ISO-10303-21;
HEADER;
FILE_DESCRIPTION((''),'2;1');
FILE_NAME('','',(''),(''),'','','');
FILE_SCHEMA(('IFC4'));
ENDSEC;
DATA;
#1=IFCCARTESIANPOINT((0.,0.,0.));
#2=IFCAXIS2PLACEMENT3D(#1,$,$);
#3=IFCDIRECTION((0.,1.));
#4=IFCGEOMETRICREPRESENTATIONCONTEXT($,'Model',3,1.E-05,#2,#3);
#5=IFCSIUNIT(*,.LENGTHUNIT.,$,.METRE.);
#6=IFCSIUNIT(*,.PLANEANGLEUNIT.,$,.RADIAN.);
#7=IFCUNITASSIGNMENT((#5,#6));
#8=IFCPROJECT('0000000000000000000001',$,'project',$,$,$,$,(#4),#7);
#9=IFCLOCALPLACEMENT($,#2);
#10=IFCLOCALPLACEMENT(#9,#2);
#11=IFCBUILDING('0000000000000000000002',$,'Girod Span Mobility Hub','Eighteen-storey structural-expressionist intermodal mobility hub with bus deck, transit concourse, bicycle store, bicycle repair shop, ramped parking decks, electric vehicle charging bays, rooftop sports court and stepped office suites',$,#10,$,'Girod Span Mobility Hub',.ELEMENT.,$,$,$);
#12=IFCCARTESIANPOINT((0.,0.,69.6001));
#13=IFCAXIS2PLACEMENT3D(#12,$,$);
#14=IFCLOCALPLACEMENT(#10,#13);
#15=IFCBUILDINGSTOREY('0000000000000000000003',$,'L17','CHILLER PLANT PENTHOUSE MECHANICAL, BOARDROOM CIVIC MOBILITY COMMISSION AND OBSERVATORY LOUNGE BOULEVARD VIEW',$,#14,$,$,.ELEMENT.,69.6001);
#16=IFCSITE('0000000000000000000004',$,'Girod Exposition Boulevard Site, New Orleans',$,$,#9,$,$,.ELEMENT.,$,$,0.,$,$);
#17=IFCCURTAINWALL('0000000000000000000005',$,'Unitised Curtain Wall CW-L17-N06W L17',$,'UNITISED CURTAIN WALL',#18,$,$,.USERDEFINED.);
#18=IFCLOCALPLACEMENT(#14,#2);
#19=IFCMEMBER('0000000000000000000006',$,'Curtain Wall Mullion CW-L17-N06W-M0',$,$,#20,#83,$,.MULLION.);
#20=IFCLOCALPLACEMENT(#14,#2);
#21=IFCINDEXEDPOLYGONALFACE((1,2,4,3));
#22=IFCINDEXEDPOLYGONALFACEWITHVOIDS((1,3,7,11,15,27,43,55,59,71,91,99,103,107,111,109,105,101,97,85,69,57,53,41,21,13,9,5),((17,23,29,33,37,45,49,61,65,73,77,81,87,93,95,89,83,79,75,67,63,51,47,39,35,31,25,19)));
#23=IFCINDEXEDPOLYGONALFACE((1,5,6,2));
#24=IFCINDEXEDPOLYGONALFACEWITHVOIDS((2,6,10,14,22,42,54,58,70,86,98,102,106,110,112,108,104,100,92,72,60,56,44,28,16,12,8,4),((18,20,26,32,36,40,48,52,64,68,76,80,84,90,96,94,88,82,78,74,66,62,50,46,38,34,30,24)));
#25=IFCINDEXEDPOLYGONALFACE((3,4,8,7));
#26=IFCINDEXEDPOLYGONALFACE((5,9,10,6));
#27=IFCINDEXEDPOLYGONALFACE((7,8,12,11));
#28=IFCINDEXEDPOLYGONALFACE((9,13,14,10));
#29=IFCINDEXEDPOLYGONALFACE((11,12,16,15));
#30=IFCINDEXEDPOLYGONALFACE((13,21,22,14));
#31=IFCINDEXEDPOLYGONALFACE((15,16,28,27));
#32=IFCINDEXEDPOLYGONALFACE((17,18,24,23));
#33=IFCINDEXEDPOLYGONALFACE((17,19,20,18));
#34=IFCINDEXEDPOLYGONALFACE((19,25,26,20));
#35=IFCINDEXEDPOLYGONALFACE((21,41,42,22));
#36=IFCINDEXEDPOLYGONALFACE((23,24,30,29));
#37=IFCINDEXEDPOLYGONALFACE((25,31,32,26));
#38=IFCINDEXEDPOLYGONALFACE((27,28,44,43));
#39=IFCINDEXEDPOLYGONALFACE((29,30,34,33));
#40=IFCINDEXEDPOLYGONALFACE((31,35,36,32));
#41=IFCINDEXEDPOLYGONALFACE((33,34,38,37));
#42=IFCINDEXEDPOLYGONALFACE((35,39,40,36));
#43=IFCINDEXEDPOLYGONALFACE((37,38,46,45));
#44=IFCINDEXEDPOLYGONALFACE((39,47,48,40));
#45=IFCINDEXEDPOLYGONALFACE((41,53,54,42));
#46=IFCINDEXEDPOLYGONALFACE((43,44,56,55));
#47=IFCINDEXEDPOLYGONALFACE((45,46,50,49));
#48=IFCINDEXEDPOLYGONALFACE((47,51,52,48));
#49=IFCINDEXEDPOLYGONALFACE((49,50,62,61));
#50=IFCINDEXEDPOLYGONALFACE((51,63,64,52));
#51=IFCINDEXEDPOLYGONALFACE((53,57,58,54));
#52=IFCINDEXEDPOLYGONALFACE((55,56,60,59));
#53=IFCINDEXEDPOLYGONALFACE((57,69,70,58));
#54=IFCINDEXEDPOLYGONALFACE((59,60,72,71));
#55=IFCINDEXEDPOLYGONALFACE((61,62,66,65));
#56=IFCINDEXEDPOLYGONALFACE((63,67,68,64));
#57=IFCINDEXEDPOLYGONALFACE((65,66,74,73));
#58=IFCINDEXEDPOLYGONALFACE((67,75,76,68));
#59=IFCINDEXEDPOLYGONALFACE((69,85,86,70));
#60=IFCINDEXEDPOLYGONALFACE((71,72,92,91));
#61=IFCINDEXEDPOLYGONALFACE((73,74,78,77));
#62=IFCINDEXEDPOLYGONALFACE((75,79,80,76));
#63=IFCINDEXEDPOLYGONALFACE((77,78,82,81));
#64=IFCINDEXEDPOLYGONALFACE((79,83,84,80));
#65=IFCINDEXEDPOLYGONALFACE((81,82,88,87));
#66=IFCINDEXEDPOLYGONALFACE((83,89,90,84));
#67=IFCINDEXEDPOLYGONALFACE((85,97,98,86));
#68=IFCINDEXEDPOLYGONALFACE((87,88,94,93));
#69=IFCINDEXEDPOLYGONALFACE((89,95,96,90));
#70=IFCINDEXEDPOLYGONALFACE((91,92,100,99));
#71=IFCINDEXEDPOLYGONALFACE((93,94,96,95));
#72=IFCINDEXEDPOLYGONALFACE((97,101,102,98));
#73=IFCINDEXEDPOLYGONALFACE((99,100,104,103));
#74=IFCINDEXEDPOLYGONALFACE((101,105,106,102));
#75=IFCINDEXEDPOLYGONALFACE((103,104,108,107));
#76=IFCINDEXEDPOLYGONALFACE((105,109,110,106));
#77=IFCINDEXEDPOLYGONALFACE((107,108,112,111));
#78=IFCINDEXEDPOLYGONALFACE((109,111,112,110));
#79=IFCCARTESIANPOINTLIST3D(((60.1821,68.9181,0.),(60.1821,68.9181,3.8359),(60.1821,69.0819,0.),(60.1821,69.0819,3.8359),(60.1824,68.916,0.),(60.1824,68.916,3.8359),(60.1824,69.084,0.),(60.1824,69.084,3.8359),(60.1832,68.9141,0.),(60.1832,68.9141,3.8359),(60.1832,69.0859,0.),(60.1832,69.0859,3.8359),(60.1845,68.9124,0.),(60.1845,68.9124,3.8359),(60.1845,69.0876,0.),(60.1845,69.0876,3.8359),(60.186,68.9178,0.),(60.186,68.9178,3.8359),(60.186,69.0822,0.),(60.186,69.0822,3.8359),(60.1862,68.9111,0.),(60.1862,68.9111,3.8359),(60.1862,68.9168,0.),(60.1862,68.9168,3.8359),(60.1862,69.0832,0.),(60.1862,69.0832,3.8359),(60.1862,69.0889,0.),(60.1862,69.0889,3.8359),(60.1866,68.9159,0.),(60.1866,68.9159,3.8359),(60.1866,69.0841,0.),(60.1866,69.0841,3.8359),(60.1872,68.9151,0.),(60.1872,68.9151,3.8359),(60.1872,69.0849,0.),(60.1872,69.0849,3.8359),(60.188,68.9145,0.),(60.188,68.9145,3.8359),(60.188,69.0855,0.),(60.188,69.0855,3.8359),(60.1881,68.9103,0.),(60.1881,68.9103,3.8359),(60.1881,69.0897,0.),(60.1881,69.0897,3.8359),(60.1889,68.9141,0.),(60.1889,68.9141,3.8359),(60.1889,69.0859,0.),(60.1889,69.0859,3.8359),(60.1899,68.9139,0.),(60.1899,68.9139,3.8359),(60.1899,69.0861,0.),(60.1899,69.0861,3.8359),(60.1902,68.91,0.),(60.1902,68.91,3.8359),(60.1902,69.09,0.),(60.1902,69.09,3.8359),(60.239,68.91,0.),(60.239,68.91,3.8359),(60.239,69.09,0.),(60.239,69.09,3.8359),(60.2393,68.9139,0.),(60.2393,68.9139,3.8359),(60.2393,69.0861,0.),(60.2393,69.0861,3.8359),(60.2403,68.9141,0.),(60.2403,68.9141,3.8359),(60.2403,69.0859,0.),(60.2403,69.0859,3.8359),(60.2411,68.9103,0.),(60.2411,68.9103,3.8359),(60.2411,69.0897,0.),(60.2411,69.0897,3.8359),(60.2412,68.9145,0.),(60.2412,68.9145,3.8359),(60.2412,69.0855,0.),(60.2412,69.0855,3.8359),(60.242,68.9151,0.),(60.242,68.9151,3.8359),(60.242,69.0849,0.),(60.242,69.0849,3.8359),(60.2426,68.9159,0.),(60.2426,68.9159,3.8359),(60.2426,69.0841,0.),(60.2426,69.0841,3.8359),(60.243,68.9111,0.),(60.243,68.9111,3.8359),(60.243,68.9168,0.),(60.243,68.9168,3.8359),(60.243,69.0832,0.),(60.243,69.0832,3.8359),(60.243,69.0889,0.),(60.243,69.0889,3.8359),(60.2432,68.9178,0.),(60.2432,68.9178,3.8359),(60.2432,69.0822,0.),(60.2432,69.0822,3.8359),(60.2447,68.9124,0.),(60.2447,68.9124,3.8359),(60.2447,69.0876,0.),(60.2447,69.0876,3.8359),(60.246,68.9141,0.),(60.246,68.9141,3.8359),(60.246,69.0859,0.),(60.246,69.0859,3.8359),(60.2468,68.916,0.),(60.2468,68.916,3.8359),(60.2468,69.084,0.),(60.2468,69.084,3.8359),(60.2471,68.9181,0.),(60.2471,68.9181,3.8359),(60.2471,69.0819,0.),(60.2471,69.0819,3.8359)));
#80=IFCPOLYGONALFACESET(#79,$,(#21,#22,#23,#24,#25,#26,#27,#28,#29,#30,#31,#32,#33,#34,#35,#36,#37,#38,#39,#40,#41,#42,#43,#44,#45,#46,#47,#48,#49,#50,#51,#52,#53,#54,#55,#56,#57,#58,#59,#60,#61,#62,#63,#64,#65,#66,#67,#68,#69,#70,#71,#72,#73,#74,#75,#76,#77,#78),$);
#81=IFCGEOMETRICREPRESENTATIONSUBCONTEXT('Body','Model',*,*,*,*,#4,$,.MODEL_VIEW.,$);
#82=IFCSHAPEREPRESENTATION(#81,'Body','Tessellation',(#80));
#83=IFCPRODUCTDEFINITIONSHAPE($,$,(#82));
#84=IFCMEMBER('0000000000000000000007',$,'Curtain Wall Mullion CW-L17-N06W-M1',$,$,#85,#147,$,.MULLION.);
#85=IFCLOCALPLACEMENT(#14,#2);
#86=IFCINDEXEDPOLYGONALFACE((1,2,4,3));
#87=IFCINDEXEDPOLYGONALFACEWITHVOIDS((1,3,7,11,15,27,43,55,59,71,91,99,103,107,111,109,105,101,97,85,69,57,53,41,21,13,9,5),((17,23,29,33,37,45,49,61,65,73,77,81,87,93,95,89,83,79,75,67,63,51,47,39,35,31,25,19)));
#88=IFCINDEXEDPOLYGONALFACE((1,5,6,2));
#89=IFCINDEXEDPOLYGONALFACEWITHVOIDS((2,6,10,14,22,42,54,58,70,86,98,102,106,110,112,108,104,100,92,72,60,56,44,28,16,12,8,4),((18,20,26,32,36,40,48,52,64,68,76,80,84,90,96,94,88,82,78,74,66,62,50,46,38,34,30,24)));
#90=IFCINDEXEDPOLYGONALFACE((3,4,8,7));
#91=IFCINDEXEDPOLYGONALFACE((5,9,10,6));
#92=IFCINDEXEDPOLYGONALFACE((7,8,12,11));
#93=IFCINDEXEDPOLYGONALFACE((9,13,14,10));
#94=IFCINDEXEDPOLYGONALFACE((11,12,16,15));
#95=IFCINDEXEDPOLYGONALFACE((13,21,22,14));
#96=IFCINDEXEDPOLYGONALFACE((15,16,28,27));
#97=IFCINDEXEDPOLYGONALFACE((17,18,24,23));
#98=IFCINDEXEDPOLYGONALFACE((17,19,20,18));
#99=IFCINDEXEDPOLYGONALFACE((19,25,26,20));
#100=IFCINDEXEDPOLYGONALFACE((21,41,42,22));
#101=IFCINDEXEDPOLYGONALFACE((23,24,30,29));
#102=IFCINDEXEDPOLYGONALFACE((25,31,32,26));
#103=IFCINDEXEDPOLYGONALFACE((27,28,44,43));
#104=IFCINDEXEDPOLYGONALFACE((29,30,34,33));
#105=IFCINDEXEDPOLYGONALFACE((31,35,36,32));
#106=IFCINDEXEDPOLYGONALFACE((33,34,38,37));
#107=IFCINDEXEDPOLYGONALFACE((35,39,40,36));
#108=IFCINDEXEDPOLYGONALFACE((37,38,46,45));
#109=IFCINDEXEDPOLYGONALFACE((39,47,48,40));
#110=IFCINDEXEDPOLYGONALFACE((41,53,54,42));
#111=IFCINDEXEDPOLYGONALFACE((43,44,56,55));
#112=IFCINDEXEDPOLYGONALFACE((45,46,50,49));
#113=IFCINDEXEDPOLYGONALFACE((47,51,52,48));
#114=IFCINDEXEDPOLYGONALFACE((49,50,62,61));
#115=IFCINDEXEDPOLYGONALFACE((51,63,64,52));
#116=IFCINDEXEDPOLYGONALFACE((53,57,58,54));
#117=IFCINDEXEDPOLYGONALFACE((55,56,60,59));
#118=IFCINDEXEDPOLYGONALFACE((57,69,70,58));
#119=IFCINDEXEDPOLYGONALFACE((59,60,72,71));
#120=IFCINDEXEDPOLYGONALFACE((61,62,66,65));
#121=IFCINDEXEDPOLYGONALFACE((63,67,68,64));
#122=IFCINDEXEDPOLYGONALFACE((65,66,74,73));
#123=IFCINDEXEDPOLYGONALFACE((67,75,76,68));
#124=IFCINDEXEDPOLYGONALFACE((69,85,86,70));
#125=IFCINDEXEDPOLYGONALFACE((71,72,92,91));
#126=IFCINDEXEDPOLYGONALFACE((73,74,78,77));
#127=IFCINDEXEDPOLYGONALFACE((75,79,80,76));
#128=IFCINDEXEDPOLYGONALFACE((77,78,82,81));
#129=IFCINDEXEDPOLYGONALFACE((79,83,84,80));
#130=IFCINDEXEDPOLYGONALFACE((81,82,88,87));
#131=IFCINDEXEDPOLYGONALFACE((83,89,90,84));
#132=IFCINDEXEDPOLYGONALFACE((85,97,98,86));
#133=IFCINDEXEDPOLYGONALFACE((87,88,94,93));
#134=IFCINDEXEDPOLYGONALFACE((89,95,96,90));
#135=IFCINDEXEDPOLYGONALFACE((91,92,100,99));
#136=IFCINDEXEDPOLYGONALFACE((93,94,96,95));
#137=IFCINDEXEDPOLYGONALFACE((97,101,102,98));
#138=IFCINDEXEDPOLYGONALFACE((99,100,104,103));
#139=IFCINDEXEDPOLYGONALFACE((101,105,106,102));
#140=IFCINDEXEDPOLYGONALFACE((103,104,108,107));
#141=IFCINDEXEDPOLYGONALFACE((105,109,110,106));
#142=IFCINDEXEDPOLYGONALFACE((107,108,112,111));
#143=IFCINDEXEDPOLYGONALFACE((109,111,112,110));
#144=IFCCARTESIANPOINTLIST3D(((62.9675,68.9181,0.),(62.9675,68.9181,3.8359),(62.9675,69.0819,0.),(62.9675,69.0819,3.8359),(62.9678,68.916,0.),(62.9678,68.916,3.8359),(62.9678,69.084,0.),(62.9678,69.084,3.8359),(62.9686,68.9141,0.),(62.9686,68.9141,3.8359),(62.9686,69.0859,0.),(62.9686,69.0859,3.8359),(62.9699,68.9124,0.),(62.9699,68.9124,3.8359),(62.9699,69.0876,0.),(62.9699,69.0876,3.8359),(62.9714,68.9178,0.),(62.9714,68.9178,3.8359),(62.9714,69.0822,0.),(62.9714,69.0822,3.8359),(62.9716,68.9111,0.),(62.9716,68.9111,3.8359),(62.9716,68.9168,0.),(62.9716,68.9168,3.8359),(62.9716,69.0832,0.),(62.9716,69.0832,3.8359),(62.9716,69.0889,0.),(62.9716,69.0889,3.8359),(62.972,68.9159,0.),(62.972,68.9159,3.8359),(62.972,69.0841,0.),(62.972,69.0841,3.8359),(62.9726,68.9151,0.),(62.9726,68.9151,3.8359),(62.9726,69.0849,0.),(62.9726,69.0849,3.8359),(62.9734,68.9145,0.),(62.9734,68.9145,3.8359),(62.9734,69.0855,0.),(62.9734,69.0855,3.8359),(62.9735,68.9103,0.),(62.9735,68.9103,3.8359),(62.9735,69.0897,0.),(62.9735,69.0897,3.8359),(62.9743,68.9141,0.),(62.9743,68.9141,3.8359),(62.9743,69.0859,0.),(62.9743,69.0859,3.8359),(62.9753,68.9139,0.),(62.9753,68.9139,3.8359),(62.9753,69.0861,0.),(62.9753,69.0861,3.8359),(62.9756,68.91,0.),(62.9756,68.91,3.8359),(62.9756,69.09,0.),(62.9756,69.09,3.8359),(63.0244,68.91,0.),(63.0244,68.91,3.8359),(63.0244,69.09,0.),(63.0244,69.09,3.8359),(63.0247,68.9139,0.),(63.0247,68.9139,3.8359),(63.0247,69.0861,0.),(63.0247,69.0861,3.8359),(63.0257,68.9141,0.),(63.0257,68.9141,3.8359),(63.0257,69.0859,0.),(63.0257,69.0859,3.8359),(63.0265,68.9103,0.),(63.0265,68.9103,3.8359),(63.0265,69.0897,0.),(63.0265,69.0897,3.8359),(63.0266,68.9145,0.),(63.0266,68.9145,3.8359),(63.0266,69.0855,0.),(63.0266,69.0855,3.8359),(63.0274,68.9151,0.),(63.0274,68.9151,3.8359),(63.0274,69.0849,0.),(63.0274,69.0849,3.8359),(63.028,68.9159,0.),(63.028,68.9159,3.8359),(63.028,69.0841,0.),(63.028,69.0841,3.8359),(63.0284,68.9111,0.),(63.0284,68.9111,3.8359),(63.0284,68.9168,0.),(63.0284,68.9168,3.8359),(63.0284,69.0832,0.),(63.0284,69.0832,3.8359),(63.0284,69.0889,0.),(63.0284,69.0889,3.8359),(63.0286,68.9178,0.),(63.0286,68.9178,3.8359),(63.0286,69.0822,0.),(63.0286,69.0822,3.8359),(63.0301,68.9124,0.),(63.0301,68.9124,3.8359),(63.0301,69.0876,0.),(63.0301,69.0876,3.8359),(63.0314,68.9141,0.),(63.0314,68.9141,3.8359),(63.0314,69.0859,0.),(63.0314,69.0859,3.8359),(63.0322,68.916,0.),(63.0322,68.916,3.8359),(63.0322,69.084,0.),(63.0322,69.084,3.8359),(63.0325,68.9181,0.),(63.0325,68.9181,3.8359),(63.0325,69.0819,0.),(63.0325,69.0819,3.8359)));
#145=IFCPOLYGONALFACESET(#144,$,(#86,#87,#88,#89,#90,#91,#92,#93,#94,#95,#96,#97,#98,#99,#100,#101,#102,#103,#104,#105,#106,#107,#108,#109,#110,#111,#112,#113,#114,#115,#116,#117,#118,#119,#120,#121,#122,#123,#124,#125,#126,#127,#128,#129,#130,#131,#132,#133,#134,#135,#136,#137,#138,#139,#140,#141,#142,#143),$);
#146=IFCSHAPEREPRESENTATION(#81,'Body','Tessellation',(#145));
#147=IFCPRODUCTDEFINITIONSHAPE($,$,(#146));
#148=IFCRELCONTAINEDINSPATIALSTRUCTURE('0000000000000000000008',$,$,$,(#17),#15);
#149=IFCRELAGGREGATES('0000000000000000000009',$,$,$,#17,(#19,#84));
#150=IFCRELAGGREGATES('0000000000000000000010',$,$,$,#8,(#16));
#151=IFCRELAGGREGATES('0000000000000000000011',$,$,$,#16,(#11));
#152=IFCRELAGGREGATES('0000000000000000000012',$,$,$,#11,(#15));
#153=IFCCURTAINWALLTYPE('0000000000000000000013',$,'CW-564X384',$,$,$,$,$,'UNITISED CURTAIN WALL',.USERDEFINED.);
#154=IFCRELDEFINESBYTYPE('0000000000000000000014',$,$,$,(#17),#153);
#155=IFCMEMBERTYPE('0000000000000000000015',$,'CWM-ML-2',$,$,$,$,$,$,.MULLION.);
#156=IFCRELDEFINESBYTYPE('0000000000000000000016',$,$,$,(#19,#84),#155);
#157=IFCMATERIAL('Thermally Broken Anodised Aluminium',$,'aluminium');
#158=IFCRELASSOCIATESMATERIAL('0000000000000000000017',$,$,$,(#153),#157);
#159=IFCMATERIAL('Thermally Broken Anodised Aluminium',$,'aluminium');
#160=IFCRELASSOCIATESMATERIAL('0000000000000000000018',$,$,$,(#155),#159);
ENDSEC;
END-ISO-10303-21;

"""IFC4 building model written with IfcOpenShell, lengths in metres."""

from ifc_helpers import new_model, si_unit, direction, frame, origin, origin_2d, place, context, subcontext, project, spatial, hollow_rectangle, extrude, material, material_profile, profile_set, type_object, element, aggregate, save


model = new_model("IFC4")

# Units and contexts
model_context = context("Model", 3, precision=1e-05, world=origin(), true_north=direction((0.0, 1.0)))
body_context = subcontext(model_context, "Body", "Model", "MODEL_VIEW")
ifc_project = project(units=[si_unit("LENGTHUNIT", "METRE"), si_unit("PLANEANGLEUNIT", "RADIAN")], contexts=[model_context])

# Site, building, storey
site_placement = place(None, origin())
site = spatial("IfcSite", under=ifc_project, at=site_placement, Name="Girod Exposition Boulevard Site, New Orleans", CompositionType="ELEMENT", RefElevation=0.0)
building_placement = place(site_placement, origin())
building = spatial("IfcBuilding", under=site, at=building_placement, Name="Girod Span Mobility Hub", Description="Eighteen-storey structural-expressionist intermodal mobility hub with bus deck, transit concourse, bicycle store, bicycle repair shop, ramped parking decks, electric vehicle charging bays, rooftop sports court and stepped office suites", LongName="Girod Span Mobility Hub", CompositionType="ELEMENT")
storey_placement = place(building_placement, frame((0.0, 0.0, 69.6001)))
storey = spatial("IfcBuildingStorey", under=building, at=storey_placement, Name="L17", Description="CHILLER PLANT PENTHOUSE MECHANICAL, BOARDROOM CIVIC MOBILITY COMMISSION AND OBSERVATORY LOUNGE BOULEVARD VIEW", CompositionType="ELEMENT", Elevation=69.6001)

# Curtain wall, members
ifc_material_1 = material(Name="Thermally Broken Anodised Aluminium", Category="aluminium")
curtain_wall_type = type_object("IfcCurtainWallType", Name="CW-564X384", ElementType="UNITISED CURTAIN WALL", PredefinedType="USERDEFINED", material=ifc_material_1)
curtain_wall_placement = place(storey_placement, origin())
curtain_wall = element("IfcCurtainWall", 1, at=curtain_wall_placement, inside=storey, type_object=curtain_wall_type, Name="Unitised Curtain Wall CW-L17-N06W L17", ObjectType="UNITISED CURTAIN WALL", PredefinedType="USERDEFINED")
ifc_material_2 = material(Name="Thermally Broken Anodised Aluminium", Category="aluminium")
ifc_material_profile_1 = material_profile(ifc_material_2, hollow_rectangle(XDim=0.1799, YDim=0.0649, WallThickness=0.0039, InnerFilletRadius=0.0039, OuterFilletRadius=0.0081, at=origin_2d()), Name="CW-ML-65X180")
ifc_profile_set_1 = profile_set([ifc_material_profile_1], Name="Thermally Broken Anodised Aluminium")
member_type_1 = type_object("IfcMemberType", Name="CWM-ML-2", PredefinedType="MULLION", material=ifc_profile_set_1)
member_1_placement = place(storey_placement, frame((60.2146, 69.0, 0.0), z_axis=(0.0, 0.0, 1.0), x_axis=(0.0, 1.0, 0.0)))
member_1 = element("IfcMember", 2, at=member_1_placement, type_object=member_type_1, Name="Curtain Wall Mullion CW-L17-N06W-M0", PredefinedType="MULLION", context=body_context, shape_type="SweptSolid", body=[
    extrude(hollow_rectangle(XDim=0.1799, YDim=0.0649, WallThickness=0.0039, InnerFilletRadius=0.0039, OuterFilletRadius=0.0081, at=origin_2d()), origin(), (0.0, 0.0, 1.0), 3.8359),
])
member_2_placement = place(storey_placement, frame((63.0, 69.0, 0.0), z_axis=(0.0, 0.0, 1.0), x_axis=(0.0, 1.0, 0.0)))
member_2 = element("IfcMember", 3, at=member_2_placement, type_object=member_type_1, Name="Curtain Wall Mullion CW-L17-N06W-M1", PredefinedType="MULLION", context=body_context, shape_type="SweptSolid", body=[
    extrude(hollow_rectangle(XDim=0.1799, YDim=0.0649, WallThickness=0.0039, InnerFilletRadius=0.0039, OuterFilletRadius=0.0081, at=origin_2d()), origin(), (0.0, 0.0, 1.0), 3.8359),
])
aggregate(curtain_wall, [member_1, member_2])

save(model, "model.ifc")
